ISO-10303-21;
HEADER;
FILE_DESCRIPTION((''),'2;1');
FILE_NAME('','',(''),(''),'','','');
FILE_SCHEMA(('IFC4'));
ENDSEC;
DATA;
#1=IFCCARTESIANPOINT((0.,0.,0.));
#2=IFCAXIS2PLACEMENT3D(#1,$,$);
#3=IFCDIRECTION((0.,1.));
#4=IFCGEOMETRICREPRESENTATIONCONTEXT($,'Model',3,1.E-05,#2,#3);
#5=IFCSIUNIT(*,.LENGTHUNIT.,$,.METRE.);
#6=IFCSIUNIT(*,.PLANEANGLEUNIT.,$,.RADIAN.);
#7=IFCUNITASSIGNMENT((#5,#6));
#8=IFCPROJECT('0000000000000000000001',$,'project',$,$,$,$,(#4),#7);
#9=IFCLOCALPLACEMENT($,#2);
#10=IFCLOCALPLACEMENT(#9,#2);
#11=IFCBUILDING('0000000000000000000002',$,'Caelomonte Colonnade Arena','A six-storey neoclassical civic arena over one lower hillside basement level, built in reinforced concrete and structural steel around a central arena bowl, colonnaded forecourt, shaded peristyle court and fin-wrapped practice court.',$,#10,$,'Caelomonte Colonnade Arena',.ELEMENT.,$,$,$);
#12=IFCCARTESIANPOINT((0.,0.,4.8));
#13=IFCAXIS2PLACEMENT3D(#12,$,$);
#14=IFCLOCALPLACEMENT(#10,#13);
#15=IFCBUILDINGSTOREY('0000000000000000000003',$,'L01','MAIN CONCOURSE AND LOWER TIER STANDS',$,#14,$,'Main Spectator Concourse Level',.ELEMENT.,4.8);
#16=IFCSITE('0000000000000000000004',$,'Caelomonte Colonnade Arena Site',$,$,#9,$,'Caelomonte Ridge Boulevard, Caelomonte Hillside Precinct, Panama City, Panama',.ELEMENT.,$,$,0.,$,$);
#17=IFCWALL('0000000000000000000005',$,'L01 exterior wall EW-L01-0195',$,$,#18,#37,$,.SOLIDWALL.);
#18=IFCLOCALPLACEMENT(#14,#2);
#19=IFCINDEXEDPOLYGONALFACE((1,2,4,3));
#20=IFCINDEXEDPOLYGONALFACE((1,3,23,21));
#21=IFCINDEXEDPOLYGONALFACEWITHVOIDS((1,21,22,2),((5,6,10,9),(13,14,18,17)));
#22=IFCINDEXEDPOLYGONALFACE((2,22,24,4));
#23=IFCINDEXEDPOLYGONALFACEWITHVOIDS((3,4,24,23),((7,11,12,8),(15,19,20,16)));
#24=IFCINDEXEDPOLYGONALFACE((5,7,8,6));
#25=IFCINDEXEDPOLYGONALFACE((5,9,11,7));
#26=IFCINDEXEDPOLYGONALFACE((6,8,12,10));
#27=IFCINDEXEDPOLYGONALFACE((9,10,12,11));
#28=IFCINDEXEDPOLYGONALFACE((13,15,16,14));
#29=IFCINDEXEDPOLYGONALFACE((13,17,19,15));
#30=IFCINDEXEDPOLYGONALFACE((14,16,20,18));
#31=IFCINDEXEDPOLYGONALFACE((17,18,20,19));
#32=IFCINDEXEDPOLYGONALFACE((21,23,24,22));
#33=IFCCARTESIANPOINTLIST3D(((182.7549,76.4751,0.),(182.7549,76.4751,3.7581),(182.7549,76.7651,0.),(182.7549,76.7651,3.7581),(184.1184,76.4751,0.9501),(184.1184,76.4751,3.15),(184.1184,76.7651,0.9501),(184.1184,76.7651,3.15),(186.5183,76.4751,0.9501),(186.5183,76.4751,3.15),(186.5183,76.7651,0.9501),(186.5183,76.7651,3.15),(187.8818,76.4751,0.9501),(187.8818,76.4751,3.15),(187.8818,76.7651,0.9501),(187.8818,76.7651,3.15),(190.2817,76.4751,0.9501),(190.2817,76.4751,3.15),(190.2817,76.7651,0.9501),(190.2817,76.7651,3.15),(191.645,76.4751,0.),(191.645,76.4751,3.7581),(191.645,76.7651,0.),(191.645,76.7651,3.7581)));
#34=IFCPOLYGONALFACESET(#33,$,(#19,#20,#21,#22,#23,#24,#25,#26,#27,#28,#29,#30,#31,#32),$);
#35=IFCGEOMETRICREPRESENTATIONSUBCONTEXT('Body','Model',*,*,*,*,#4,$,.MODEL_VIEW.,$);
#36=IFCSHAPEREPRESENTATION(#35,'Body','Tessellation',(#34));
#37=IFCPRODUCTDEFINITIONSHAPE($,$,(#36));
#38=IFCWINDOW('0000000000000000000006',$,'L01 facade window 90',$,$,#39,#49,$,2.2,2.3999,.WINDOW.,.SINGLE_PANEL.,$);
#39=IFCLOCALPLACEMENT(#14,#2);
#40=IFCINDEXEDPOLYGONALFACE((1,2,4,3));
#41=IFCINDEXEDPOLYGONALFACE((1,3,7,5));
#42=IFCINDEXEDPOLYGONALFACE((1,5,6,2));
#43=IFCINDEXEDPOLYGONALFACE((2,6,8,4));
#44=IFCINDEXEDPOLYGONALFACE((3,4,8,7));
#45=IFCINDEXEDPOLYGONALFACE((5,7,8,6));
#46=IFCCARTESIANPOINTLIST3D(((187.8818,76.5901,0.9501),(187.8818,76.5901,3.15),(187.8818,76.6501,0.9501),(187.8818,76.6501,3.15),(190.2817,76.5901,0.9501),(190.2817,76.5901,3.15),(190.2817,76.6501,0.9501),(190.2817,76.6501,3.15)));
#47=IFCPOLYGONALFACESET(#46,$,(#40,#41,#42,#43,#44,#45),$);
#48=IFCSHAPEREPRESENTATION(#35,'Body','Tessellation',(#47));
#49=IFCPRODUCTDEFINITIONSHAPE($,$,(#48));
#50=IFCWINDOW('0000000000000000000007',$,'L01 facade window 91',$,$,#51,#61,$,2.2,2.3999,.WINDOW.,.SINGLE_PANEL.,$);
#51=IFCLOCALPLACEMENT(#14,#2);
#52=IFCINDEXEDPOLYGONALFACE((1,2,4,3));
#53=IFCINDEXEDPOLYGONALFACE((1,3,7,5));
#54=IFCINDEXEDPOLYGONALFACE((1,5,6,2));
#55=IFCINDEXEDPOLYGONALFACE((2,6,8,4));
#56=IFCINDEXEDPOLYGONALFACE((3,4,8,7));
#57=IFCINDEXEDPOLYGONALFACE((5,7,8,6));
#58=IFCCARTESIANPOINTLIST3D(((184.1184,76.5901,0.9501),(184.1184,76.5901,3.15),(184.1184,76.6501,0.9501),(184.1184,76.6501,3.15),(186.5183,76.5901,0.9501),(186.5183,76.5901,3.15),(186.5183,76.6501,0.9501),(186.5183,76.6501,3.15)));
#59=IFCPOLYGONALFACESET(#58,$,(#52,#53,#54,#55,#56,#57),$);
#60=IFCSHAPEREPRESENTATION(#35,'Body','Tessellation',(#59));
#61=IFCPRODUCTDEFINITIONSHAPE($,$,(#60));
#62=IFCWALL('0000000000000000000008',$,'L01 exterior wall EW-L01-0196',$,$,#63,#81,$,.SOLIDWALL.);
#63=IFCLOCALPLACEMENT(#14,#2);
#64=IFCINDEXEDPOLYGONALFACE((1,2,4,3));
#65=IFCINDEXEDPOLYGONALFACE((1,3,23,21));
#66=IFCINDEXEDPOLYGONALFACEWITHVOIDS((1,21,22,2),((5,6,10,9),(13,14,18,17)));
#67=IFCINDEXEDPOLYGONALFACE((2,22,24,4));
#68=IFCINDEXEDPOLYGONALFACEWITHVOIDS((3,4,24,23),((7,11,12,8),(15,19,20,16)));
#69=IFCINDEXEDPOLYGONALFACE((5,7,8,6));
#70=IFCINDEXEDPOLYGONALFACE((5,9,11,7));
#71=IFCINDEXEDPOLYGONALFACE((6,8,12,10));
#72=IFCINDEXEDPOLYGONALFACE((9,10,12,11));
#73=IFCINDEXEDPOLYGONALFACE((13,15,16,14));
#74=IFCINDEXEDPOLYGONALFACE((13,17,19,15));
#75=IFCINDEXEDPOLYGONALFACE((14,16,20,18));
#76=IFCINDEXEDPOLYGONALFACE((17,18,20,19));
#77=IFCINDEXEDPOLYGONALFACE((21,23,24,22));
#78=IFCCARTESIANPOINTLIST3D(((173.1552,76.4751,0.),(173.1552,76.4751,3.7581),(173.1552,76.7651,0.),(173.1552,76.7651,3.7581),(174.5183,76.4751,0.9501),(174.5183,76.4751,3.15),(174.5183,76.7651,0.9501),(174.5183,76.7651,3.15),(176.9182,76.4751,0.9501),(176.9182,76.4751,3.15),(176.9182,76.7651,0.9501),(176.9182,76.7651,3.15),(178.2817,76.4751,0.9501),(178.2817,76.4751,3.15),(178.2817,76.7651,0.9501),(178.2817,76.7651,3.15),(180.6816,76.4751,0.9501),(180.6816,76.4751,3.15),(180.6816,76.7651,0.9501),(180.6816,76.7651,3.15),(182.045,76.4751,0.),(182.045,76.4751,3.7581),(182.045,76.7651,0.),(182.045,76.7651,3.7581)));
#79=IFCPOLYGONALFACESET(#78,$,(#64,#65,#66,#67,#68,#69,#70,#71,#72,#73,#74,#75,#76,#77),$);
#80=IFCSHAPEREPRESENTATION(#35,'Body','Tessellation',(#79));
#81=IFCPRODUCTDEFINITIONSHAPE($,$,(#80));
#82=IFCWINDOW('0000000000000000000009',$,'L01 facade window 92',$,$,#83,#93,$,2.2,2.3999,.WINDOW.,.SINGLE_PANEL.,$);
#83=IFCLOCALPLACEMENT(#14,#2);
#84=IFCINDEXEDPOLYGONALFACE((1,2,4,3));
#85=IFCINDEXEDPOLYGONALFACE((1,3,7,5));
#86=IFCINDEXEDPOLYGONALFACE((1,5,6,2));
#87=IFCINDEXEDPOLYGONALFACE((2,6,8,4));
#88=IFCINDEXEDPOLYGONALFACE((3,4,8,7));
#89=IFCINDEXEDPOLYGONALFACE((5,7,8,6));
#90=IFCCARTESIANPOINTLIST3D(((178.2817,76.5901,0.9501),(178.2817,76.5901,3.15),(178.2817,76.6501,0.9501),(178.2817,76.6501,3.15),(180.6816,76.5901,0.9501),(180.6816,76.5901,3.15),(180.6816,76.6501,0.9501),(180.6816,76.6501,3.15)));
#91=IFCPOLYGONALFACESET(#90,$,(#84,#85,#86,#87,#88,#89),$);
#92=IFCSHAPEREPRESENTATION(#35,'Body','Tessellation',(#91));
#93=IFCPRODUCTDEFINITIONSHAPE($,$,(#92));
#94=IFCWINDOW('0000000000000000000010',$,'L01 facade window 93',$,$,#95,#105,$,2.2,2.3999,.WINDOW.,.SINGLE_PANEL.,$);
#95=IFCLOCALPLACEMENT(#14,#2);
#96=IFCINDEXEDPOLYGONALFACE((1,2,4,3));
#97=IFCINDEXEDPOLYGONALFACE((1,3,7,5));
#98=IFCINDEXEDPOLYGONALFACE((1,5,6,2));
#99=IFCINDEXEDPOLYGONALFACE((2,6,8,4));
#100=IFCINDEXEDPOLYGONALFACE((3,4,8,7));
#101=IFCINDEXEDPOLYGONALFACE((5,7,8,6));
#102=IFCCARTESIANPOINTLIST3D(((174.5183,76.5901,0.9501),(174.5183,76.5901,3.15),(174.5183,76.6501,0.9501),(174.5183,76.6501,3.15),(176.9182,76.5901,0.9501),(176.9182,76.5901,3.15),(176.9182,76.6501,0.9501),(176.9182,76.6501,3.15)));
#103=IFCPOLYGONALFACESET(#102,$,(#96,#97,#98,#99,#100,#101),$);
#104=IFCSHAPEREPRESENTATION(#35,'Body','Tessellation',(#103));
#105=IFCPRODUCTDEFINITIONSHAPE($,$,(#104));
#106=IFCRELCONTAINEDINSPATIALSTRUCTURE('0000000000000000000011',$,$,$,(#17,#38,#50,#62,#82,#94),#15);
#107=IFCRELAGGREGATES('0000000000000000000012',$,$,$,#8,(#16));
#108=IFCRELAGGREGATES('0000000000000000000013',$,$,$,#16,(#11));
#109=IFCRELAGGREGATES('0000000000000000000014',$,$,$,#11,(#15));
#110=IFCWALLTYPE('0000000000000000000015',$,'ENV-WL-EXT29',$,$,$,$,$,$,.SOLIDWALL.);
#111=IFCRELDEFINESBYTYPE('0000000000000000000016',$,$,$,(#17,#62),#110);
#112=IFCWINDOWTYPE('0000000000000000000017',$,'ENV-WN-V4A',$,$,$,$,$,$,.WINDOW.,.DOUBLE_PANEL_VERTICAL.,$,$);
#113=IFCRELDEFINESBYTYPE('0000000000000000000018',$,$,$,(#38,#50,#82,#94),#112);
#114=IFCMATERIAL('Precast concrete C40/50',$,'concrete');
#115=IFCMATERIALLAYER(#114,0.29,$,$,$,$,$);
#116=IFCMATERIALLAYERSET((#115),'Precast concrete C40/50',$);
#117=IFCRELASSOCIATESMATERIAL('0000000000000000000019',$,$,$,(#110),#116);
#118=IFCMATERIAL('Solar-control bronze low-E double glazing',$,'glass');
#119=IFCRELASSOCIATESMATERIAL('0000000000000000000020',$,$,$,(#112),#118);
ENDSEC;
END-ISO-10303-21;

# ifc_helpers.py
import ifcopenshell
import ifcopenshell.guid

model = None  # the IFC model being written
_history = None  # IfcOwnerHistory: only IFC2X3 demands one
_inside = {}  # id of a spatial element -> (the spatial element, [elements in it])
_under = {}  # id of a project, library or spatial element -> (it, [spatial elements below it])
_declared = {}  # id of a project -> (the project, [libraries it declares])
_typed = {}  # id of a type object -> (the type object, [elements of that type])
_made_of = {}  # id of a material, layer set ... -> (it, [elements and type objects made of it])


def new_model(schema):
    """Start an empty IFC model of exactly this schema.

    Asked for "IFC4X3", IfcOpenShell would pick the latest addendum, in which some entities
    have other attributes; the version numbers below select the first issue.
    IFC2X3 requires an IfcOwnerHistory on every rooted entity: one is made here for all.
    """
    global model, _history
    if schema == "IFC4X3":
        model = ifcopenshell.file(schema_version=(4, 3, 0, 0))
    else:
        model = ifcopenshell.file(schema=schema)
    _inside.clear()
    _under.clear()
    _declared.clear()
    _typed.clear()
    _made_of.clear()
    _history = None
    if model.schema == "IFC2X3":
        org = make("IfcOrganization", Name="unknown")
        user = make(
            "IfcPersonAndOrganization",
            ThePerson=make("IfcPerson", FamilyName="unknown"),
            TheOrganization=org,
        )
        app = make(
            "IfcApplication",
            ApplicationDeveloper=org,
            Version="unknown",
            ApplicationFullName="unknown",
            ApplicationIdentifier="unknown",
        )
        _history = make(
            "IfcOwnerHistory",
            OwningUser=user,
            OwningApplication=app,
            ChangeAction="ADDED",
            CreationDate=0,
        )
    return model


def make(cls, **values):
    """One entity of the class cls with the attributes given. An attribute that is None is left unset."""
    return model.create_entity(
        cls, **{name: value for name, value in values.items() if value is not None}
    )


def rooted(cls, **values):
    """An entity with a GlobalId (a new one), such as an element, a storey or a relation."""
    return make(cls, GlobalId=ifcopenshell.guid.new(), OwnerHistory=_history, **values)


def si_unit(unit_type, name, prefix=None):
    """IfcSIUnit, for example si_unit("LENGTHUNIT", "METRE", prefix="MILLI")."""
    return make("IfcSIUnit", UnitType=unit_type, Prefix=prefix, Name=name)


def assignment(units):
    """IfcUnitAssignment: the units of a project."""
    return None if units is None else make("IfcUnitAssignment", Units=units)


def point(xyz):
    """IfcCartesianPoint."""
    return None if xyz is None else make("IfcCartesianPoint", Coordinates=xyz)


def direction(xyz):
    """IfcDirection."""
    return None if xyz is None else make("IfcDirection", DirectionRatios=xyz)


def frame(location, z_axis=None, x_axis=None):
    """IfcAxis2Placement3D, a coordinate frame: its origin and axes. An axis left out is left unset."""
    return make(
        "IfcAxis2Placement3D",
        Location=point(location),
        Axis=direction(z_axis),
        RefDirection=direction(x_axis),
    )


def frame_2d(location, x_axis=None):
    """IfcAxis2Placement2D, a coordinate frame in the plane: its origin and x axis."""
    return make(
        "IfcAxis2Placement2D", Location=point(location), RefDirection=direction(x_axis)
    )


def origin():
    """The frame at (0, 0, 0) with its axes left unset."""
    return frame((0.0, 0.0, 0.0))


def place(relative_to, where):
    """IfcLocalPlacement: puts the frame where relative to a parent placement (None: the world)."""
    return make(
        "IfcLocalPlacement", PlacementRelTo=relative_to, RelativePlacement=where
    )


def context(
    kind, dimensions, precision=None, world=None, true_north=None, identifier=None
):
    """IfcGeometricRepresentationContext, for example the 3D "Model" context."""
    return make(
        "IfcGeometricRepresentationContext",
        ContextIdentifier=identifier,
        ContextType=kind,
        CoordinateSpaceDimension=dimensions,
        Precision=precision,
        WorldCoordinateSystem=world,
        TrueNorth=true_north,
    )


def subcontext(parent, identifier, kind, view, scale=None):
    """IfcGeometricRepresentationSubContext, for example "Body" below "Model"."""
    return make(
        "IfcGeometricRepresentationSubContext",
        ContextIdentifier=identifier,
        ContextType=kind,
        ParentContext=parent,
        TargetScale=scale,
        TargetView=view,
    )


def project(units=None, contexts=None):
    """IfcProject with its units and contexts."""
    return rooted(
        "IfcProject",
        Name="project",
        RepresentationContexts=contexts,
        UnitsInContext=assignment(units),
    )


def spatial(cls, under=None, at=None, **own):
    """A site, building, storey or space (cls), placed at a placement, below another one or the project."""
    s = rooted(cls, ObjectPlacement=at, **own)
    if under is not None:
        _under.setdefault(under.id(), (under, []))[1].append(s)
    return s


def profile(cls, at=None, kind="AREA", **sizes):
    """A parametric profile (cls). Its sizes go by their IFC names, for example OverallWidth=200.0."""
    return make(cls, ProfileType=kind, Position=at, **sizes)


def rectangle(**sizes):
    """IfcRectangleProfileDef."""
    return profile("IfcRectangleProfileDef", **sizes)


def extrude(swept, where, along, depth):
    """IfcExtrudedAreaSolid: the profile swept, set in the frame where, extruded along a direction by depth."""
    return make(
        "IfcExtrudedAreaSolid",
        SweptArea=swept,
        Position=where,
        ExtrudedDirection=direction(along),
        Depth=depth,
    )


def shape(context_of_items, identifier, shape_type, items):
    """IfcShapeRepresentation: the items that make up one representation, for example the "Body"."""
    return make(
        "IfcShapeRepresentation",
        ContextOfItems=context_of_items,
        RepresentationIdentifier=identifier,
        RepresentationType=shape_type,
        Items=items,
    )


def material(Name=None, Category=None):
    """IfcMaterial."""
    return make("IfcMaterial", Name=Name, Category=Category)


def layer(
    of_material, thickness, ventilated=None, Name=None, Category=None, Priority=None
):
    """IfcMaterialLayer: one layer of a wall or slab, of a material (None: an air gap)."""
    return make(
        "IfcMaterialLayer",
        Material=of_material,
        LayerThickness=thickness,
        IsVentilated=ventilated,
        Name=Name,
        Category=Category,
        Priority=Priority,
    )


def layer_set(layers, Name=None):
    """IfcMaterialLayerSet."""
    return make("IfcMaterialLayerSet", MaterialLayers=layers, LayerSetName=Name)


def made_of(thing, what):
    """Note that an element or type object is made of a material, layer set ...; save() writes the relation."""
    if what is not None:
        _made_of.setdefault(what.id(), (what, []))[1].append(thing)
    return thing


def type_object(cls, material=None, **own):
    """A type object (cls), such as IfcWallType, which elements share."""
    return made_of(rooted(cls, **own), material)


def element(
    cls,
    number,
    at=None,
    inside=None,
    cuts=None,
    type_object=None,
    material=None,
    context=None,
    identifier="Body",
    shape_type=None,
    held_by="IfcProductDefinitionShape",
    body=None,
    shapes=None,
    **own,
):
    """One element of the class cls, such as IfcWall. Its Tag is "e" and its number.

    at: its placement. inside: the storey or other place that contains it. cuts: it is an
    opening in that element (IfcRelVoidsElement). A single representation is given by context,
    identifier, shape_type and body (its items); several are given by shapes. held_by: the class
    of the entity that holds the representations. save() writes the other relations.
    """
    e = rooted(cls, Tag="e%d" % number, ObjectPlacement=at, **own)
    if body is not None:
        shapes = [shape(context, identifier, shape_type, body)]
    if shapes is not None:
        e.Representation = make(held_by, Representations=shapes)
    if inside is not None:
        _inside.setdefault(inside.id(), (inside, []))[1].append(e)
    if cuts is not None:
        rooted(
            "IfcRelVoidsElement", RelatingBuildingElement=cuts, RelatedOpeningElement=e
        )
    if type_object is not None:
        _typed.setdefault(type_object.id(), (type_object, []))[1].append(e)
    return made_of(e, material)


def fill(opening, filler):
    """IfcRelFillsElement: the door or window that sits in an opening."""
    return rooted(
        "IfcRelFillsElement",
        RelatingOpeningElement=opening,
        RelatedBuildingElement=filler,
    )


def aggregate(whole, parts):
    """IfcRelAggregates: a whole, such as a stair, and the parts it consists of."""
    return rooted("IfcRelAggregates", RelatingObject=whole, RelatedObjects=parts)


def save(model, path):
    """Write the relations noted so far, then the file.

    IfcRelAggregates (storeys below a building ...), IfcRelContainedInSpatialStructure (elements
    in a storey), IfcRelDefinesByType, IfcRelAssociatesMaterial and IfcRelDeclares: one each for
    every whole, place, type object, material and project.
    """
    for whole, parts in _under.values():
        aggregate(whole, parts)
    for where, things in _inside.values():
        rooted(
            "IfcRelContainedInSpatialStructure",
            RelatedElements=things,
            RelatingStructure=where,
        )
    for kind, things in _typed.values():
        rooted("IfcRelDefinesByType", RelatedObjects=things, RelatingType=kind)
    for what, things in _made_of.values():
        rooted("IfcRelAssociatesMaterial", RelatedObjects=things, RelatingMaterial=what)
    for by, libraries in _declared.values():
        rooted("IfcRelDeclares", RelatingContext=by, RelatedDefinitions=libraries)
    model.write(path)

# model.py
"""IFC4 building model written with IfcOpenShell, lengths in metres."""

from ifc_helpers import new_model, si_unit, direction, frame, frame_2d, origin, place, context, subcontext, project, spatial, rectangle, extrude, material, layer, layer_set, type_object, element, fill, save


model = new_model("IFC4")

# Units and contexts
model_context = context("Model", 3, precision=1e-05, world=origin(), true_north=direction((0.0, 1.0)))
body_context = subcontext(model_context, "Body", "Model", "MODEL_VIEW")
ifc_project = project(units=[si_unit("LENGTHUNIT", "METRE"), si_unit("PLANEANGLEUNIT", "RADIAN")], contexts=[model_context])

# Site, building, storey
site_placement = place(None, origin())
site = spatial("IfcSite", under=ifc_project, at=site_placement, Name="Caelomonte Colonnade Arena Site", LongName="Caelomonte Ridge Boulevard, Caelomonte Hillside Precinct, Panama City, Panama", CompositionType="ELEMENT", RefElevation=0.0)
building_placement = place(site_placement, origin())
building = spatial("IfcBuilding", under=site, at=building_placement, Name="Caelomonte Colonnade Arena", Description="A six-storey neoclassical civic arena over one lower hillside basement level, built in reinforced concrete and structural steel around a central arena bowl, colonnaded forecourt, shaded peristyle court and fin-wrapped practice court.", LongName="Caelomonte Colonnade Arena", CompositionType="ELEMENT")
storey_placement = place(building_placement, frame((0.0, 0.0, 4.8)))
storey = spatial("IfcBuildingStorey", under=building, at=storey_placement, Name="L01", Description="MAIN CONCOURSE AND LOWER TIER STANDS", LongName="Main Spectator Concourse Level", CompositionType="ELEMENT", Elevation=4.8)

# Walls, openings, windows
ifc_material_1 = material(Name="Precast concrete C40/50", Category="concrete")
ifc_layer = layer(ifc_material_1, 0.29)
ifc_layer_set = layer_set([ifc_layer], Name="Precast concrete C40/50")
wall_type = type_object("IfcWallType", Name="ENV-WL-EXT29", PredefinedType="SOLIDWALL", material=ifc_layer_set)
ifc_material_2 = material(Name="Solar-control bronze low-E double glazing", Category="glass")
window_type = type_object("IfcWindowType", Name="ENV-WN-V4A", PartitioningType="DOUBLE_PANEL_VERTICAL", PredefinedType="WINDOW", material=ifc_material_2)
wall_1_placement = place(storey_placement, frame((191.645, 76.6201, 0.0), z_axis=(0.0, 0.0, 1.0), x_axis=(-1.0, 0.0, 0.0)))
wall_1 = element("IfcWall", 1, at=wall_1_placement, inside=storey, type_object=wall_type, Name="L01 exterior wall EW-L01-0195", PredefinedType="SOLIDWALL", context=body_context, shape_type="SweptSolid", body=[
    extrude(rectangle(XDim=8.8901, YDim=0.29, at=frame_2d((4.4451, 0.0))), origin(), (0.0, 0.0, 1.0), 3.7581),
])
opening_1_placement = place(wall_1_placement, frame((3.7632, 0.0, 0.95), z_axis=(0.0, 0.0, 1.0), x_axis=(-1.0, 0.0, 0.0)))
opening_1 = element("IfcOpeningElement", 2, at=opening_1_placement, cuts=wall_1, PredefinedType="OPENING", context=body_context, shape_type="SweptSolid", body=[
    extrude(rectangle(XDim=2.3999, YDim=2.2, at=frame_2d((1.2, 1.1001))), frame((0.0, 0.155, 0.0), z_axis=(0.0, -1.0, 0.0), x_axis=(1.0, 0.0, 0.0)), (0.0, 0.0, 1.0), 0.3101),
])
opening_2_placement = place(wall_1_placement, frame((7.5266, 0.0, 0.95), z_axis=(0.0, 0.0, 1.0), x_axis=(-1.0, 0.0, 0.0)))
opening_2 = element("IfcOpeningElement", 3, at=opening_2_placement, cuts=wall_1, PredefinedType="OPENING", context=body_context, shape_type="SweptSolid", body=[
    extrude(rectangle(XDim=2.3999, YDim=2.2, at=frame_2d((1.2, 1.1001))), frame((0.0, 0.155, 0.0), z_axis=(0.0, -1.0, 0.0), x_axis=(1.0, 0.0, 0.0)), (0.0, 0.0, 1.0), 0.3101),
])
window_1_placement = place(opening_1_placement, origin())
window_1 = element("IfcWindow", 4, at=window_1_placement, inside=storey, type_object=window_type, Name="L01 facade window 90", OverallHeight=2.2, OverallWidth=2.3999, PartitioningType="SINGLE_PANEL", PredefinedType="WINDOW", context=body_context, shape_type="SweptSolid", body=[
    extrude(rectangle(XDim=2.3999, YDim=2.2, at=frame_2d((1.2, 1.1001))), frame((0.0, 0.03, 0.0), z_axis=(0.0, -1.0, 0.0), x_axis=(1.0, 0.0, 0.0)), (0.0, 0.0, 1.0), 0.0601),
])
fill(opening_1, window_1)
window_2_placement = place(opening_2_placement, origin())
window_2 = element("IfcWindow", 5, at=window_2_placement, inside=storey, type_object=window_type, Name="L01 facade window 91", OverallHeight=2.2, OverallWidth=2.3999, PartitioningType="SINGLE_PANEL", PredefinedType="WINDOW", context=body_context, shape_type="SweptSolid", body=[
    extrude(rectangle(XDim=2.3999, YDim=2.2, at=frame_2d((1.2, 1.1001))), frame((0.0, 0.03, 0.0), z_axis=(0.0, -1.0, 0.0), x_axis=(1.0, 0.0, 0.0)), (0.0, 0.0, 1.0), 0.0601),
])
fill(opening_2, window_2)
wall_2_placement = place(storey_placement, frame((182.0449, 76.6201, 0.0), z_axis=(0.0, 0.0, 1.0), x_axis=(-1.0, 0.0, 0.0)))
wall_2 = element("IfcWall", 6, at=wall_2_placement, inside=storey, type_object=wall_type, Name="L01 exterior wall EW-L01-0196", PredefinedType="SOLIDWALL", context=body_context, shape_type="SweptSolid", body=[
    extrude(rectangle(XDim=8.8899, YDim=0.29, at=frame_2d((4.4448, 0.0))), origin(), (0.0, 0.0, 1.0), 3.7581),
])
opening_3_placement = place(wall_2_placement, frame((3.7632, 0.0, 0.95), z_axis=(0.0, 0.0, 1.0), x_axis=(-1.0, 0.0, 0.0)))
opening_3 = element("IfcOpeningElement", 7, at=opening_3_placement, cuts=wall_2, PredefinedType="OPENING", context=body_context, shape_type="SweptSolid", body=[
    extrude(rectangle(XDim=2.3999, YDim=2.2, at=frame_2d((1.2, 1.1001))), frame((0.0, 0.155, 0.0), z_axis=(0.0, -1.0, 0.0), x_axis=(1.0, 0.0, 0.0)), (0.0, 0.0, 1.0), 0.3101),
])
opening_4_placement = place(wall_2_placement, frame((7.5266, 0.0, 0.95), z_axis=(0.0, 0.0, 1.0), x_axis=(-1.0, 0.0, 0.0)))
opening_4 = element("IfcOpeningElement", 8, at=opening_4_placement, cuts=wall_2, PredefinedType="OPENING", context=body_context, shape_type="SweptSolid", body=[
    extrude(rectangle(XDim=2.3999, YDim=2.2, at=frame_2d((1.2, 1.1001))), frame((0.0, 0.155, 0.0), z_axis=(0.0, -1.0, 0.0), x_axis=(1.0, 0.0, 0.0)), (0.0, 0.0, 1.0), 0.3101),
])
window_3_placement = place(opening_3_placement, origin())
window_3 = element("IfcWindow", 9, at=window_3_placement, inside=storey, type_object=window_type, Name="L01 facade window 92", OverallHeight=2.2, OverallWidth=2.3999, PartitioningType="SINGLE_PANEL", PredefinedType="WINDOW", context=body_context, shape_type="SweptSolid", body=[
    extrude(rectangle(XDim=2.3999, YDim=2.2, at=frame_2d((1.2, 1.1001))), frame((0.0, 0.03, 0.0), z_axis=(0.0, -1.0, 0.0), x_axis=(1.0, 0.0, 0.0)), (0.0, 0.0, 1.0), 0.0601),
])
fill(opening_3, window_3)
window_4_placement = place(opening_4_placement, origin())
window_4 = element("IfcWindow", 10, at=window_4_placement, inside=storey, type_object=window_type, Name="L01 facade window 93", OverallHeight=2.2, OverallWidth=2.3999, PartitioningType="SINGLE_PANEL", PredefinedType="WINDOW", context=body_context, shape_type="SweptSolid", body=[
    extrude(rectangle(XDim=2.3999, YDim=2.2, at=frame_2d((1.2, 1.1001))), frame((0.0, 0.03, 0.0), z_axis=(0.0, -1.0, 0.0), x_axis=(1.0, 0.0, 0.0)), (0.0, 0.0, 1.0), 0.0601),
])
fill(opening_4, window_4)

save(model, "model.ifc")
